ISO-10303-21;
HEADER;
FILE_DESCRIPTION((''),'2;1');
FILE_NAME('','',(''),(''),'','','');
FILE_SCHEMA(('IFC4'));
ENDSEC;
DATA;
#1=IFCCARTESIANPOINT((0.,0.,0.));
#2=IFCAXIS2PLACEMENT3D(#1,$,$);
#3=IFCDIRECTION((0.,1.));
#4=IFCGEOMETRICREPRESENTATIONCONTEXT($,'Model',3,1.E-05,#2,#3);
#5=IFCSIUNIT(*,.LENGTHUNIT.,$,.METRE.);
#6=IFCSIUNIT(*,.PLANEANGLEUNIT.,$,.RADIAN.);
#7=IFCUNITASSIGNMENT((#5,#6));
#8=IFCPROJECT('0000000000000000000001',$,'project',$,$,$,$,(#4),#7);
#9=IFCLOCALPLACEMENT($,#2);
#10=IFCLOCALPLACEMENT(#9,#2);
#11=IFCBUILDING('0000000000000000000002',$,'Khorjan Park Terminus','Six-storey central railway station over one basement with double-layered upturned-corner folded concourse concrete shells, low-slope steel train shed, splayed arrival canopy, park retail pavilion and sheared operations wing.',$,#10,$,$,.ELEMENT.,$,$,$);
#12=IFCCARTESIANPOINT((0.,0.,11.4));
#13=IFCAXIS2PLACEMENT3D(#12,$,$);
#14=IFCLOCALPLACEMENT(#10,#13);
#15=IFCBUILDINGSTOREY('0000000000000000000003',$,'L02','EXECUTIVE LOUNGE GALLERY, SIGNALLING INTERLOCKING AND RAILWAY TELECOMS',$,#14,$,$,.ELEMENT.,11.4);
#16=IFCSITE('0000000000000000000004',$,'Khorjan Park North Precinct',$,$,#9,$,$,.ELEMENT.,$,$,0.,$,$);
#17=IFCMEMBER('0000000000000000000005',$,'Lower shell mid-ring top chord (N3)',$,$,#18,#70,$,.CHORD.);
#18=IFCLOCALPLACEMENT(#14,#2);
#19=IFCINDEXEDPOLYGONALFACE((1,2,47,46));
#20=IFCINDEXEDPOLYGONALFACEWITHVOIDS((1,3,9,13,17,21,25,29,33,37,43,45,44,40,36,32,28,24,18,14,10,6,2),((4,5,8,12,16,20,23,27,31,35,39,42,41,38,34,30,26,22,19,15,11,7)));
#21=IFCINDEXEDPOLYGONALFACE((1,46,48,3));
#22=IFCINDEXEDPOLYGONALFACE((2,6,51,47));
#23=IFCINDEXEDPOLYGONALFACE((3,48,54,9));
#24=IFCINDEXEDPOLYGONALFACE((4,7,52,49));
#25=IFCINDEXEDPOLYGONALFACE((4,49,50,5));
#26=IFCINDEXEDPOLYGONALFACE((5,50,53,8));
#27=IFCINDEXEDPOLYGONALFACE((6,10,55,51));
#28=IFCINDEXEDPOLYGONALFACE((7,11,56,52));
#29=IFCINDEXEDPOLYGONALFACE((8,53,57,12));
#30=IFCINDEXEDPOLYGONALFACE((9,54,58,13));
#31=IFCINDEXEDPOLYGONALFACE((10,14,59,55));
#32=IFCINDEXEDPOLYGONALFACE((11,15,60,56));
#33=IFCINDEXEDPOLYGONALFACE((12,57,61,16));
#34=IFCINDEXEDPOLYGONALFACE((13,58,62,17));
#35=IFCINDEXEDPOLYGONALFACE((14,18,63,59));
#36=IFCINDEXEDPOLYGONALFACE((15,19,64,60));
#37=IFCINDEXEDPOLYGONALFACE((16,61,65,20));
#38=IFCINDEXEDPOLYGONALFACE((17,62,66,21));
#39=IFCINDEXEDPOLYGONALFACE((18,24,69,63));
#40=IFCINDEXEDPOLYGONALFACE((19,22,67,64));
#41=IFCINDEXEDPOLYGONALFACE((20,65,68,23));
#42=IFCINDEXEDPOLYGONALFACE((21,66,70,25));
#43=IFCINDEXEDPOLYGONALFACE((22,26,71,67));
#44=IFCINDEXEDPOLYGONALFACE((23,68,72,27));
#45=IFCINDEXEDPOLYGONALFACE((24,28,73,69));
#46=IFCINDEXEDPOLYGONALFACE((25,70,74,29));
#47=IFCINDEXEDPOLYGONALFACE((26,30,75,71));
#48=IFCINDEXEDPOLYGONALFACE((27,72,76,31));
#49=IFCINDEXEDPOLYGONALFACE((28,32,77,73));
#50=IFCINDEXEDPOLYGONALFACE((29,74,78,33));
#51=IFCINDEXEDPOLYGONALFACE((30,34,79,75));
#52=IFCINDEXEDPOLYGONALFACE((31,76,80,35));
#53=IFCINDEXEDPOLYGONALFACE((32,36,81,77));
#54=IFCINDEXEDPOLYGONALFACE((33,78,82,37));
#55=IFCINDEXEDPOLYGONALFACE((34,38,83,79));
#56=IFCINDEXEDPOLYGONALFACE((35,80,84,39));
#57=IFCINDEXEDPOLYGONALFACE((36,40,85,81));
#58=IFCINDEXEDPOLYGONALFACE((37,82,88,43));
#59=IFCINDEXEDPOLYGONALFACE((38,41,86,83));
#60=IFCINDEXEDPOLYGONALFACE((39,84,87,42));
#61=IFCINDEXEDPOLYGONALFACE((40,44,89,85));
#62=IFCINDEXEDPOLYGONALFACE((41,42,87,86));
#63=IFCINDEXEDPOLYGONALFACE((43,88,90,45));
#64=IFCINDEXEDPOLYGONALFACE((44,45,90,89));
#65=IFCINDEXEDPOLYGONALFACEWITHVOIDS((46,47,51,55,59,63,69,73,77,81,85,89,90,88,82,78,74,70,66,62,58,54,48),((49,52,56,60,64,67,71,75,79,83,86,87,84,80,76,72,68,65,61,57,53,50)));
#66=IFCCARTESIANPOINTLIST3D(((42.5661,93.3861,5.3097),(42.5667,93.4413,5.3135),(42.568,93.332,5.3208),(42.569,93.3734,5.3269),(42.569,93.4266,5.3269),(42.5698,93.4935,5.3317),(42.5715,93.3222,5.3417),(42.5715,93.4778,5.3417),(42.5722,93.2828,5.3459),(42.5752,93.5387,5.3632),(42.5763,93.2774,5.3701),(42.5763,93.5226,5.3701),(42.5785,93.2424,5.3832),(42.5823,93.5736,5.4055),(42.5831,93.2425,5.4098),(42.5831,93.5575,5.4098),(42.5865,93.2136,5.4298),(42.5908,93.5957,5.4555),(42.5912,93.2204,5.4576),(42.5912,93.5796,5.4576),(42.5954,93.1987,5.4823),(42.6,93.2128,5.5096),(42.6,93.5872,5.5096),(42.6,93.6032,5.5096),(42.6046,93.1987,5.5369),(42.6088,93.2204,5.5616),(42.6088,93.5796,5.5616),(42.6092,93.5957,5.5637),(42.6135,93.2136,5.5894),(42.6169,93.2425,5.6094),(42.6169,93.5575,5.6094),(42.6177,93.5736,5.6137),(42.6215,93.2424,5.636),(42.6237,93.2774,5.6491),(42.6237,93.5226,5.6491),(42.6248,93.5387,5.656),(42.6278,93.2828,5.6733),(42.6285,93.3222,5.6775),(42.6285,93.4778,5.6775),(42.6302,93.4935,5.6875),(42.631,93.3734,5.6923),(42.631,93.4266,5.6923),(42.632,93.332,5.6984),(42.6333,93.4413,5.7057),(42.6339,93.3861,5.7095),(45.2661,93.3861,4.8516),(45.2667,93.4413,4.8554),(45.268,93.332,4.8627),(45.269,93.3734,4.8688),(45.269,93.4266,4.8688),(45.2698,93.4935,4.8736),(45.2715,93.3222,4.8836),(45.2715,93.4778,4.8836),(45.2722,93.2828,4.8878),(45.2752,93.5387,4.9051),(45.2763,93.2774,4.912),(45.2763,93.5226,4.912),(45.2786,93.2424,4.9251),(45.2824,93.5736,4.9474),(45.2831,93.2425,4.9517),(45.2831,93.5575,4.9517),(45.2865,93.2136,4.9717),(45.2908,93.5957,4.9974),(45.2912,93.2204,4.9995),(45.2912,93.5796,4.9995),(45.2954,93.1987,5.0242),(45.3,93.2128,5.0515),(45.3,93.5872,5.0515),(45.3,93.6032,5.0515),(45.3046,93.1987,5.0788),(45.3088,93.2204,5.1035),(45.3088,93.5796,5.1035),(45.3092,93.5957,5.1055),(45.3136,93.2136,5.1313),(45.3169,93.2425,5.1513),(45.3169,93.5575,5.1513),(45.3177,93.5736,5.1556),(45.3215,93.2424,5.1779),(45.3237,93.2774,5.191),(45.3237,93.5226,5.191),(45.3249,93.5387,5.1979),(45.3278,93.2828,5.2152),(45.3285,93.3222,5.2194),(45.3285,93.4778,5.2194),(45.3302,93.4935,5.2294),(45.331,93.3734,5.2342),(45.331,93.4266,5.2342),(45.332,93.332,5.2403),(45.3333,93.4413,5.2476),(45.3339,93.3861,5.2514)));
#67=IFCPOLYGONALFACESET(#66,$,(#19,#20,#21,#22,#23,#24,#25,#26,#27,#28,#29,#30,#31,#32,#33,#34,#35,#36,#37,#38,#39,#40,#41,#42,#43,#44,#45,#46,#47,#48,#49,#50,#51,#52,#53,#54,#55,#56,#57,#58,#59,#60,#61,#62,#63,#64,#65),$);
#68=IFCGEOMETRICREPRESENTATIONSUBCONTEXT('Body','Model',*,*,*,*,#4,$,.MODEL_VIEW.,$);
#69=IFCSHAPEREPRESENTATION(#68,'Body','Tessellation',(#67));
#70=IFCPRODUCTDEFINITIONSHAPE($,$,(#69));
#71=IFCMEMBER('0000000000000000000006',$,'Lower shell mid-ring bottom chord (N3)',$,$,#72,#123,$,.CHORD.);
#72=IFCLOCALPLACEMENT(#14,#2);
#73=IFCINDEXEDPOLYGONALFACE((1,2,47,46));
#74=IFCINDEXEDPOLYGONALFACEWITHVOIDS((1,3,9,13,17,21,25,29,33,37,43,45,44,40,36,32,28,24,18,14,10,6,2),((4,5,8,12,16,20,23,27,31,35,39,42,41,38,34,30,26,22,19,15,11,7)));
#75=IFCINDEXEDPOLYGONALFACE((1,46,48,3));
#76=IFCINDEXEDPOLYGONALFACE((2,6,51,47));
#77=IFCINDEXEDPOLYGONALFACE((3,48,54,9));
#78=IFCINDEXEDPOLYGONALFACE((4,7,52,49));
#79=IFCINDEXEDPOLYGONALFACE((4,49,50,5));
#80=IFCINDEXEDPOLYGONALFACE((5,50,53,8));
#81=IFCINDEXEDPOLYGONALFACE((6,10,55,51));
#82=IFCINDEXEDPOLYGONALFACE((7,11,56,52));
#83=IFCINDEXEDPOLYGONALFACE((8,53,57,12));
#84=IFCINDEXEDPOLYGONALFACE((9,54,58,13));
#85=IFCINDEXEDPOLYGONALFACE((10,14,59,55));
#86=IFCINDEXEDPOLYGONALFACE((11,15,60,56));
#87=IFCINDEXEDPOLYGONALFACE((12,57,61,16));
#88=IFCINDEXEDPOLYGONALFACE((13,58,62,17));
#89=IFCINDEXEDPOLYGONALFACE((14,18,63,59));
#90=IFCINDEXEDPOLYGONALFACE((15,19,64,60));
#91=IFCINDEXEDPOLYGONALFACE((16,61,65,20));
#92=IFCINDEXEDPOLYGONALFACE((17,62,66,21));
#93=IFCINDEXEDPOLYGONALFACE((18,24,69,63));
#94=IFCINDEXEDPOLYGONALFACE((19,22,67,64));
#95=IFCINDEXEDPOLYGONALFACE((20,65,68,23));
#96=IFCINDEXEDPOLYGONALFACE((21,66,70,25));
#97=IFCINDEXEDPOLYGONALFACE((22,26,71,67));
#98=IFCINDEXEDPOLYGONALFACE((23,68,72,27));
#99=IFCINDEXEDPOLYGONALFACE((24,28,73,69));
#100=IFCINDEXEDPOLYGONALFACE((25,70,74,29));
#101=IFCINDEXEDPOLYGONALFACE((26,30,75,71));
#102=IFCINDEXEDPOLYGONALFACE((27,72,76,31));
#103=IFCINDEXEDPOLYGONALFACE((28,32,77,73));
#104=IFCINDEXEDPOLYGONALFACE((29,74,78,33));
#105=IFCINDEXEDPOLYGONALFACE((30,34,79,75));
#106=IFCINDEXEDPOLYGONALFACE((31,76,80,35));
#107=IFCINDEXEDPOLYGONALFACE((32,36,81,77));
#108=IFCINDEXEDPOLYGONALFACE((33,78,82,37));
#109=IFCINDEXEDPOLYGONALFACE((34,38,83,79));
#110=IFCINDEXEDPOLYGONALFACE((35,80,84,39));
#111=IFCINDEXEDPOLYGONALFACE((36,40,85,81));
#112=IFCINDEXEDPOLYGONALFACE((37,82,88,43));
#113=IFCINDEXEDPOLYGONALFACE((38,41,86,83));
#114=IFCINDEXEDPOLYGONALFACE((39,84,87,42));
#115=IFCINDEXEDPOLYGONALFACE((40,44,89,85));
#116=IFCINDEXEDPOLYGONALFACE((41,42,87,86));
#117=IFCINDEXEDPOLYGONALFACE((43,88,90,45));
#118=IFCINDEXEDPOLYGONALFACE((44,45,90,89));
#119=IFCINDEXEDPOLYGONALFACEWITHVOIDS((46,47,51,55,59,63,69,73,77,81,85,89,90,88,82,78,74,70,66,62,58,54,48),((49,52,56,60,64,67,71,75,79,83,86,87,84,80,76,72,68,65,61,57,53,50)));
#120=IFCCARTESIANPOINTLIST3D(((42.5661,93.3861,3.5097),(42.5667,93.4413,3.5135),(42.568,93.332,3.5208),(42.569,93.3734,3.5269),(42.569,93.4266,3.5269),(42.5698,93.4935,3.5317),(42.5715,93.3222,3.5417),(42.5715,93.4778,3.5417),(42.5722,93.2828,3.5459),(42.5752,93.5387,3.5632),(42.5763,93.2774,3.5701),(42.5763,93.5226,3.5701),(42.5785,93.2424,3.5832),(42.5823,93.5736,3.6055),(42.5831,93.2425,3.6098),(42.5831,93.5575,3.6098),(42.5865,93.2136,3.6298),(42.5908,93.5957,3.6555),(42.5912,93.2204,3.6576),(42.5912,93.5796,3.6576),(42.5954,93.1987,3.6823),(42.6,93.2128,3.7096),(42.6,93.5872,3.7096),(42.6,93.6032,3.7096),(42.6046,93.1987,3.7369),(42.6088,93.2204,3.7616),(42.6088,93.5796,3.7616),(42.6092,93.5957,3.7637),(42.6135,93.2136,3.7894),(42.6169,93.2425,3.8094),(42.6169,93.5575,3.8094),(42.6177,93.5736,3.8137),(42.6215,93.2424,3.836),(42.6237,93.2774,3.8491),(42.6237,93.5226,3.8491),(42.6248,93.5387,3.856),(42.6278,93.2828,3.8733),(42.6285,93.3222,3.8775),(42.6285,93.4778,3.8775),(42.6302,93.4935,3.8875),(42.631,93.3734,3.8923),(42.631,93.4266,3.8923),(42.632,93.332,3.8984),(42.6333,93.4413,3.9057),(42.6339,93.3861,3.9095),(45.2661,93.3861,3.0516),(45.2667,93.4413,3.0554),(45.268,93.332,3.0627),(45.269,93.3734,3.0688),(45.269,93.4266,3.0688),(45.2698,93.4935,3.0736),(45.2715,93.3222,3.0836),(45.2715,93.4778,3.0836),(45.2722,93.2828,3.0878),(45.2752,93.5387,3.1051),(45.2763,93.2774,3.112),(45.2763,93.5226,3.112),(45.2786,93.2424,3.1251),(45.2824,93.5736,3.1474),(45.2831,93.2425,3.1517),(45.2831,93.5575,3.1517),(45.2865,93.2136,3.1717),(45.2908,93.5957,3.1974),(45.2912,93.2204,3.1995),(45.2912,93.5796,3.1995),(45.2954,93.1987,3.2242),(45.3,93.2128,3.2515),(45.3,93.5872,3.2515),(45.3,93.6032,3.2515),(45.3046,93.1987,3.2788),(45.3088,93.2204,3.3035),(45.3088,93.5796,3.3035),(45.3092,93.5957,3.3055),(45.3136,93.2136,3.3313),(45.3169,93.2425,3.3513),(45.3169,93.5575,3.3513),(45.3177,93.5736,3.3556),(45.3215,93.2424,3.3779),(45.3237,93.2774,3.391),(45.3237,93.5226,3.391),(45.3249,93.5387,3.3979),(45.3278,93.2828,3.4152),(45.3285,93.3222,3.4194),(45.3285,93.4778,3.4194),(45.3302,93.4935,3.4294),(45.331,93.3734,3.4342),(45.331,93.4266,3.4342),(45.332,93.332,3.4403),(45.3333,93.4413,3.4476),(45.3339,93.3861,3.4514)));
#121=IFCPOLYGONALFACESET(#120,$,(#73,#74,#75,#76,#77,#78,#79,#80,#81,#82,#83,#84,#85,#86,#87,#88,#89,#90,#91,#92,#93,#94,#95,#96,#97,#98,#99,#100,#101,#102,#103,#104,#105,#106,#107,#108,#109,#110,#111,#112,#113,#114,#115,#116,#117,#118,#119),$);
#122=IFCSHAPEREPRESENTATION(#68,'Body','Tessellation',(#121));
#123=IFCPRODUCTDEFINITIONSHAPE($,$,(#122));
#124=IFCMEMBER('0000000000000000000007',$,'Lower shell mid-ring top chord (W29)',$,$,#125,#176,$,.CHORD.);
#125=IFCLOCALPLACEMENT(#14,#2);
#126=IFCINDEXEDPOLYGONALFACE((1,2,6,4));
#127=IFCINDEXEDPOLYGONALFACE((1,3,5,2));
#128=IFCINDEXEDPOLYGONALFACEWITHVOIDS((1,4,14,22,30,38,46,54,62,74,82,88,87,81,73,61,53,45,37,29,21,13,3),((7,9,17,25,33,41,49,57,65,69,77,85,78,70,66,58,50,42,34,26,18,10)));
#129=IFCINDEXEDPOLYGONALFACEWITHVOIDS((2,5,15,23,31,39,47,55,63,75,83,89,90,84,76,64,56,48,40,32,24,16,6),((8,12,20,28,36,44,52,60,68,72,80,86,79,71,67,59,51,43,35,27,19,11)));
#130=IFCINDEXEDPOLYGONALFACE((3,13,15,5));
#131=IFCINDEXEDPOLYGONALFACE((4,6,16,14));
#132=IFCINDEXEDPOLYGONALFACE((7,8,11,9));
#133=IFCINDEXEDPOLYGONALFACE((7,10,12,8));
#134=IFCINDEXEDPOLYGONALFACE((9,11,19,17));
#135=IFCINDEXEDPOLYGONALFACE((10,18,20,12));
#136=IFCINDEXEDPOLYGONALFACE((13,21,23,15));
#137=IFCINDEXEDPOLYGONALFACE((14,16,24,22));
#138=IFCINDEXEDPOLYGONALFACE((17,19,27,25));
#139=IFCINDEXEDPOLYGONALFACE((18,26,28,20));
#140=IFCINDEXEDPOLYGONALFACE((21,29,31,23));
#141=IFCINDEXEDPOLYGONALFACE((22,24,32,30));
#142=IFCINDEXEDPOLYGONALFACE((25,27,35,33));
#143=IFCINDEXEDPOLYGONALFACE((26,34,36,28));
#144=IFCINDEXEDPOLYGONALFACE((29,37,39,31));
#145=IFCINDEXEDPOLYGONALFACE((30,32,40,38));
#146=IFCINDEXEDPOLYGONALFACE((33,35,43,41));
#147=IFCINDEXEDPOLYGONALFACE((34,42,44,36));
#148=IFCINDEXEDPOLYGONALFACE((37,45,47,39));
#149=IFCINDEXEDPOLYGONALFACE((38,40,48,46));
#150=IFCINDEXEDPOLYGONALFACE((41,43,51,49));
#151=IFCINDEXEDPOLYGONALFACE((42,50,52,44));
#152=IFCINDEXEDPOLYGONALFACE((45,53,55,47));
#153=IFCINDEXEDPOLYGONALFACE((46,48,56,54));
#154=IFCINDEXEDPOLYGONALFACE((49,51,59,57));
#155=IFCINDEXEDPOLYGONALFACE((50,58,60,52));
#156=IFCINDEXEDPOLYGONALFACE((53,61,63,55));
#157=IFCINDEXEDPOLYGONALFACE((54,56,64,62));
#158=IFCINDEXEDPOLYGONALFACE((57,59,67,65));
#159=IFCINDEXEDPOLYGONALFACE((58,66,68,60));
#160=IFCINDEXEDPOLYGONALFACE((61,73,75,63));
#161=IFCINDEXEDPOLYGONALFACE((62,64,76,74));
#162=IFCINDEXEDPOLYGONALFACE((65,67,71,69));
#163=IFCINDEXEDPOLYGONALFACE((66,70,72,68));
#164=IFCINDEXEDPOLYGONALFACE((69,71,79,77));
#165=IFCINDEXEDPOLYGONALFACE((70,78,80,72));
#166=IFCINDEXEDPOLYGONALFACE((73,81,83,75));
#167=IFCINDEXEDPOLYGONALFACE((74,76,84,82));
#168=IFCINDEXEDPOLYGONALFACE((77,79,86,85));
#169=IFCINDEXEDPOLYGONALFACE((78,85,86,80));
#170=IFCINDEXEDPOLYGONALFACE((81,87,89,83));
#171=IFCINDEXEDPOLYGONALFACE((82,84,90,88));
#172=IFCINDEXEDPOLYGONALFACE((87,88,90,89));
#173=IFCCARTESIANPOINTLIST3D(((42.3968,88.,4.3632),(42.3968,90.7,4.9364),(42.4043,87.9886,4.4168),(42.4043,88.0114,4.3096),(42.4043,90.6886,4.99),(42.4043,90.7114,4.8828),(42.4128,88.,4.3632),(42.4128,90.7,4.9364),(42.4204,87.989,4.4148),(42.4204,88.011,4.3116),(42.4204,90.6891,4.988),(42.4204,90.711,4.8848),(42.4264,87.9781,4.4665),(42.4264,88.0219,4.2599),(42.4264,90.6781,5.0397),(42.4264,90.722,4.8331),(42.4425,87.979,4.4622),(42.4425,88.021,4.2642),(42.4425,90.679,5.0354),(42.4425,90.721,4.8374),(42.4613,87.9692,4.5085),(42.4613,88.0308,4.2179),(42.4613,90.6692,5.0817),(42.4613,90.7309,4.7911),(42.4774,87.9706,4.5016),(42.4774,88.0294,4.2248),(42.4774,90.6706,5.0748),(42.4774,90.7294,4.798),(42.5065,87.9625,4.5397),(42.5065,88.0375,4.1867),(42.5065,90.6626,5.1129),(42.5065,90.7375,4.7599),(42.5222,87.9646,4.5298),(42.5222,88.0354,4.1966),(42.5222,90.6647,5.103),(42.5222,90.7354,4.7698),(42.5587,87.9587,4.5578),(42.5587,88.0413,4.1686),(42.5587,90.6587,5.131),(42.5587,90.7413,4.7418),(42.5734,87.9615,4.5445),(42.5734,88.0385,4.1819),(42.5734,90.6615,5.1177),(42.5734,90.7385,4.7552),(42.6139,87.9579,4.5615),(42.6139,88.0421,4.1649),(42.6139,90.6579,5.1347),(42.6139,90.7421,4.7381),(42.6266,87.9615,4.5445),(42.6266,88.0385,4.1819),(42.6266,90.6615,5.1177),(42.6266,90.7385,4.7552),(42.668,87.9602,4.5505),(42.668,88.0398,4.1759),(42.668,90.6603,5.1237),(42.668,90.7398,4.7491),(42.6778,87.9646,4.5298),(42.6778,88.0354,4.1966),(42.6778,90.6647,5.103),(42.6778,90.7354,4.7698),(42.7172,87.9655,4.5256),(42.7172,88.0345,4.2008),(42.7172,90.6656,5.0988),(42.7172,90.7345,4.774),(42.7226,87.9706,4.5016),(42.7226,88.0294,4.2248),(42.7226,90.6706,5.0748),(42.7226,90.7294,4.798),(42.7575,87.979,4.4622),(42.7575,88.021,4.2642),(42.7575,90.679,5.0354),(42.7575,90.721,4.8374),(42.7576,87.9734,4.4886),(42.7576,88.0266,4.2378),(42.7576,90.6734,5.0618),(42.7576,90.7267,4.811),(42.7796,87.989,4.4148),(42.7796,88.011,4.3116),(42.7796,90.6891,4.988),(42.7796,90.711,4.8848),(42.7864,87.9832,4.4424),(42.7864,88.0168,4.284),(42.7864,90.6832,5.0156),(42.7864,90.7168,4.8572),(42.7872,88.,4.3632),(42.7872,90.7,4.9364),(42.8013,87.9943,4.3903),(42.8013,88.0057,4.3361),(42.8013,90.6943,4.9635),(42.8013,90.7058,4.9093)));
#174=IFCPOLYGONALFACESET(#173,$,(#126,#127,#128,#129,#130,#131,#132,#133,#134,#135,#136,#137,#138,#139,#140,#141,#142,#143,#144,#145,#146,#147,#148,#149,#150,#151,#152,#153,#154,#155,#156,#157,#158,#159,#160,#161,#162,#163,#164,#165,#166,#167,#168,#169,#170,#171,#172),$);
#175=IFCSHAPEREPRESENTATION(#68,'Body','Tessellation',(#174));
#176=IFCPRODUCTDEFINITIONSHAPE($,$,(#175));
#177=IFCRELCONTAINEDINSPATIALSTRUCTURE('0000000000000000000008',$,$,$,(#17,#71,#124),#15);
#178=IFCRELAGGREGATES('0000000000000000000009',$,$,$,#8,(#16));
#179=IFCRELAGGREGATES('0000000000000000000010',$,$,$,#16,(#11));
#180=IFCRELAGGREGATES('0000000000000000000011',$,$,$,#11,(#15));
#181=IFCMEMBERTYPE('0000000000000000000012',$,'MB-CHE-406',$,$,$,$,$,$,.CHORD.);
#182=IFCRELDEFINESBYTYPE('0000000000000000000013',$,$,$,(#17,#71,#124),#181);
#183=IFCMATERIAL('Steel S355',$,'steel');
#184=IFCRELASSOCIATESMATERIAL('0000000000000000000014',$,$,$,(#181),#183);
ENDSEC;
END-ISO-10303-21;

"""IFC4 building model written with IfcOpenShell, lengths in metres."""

from ifc_helpers import new_model, si_unit, direction, frame, origin, origin_2d, place, context, subcontext, project, spatial, hollow_circle, extrude, material, material_profile, profile_set, type_object, element, save


model = new_model("IFC4")

# Units and contexts
model_context = context("Model", 3, precision=1e-05, world=origin(), true_north=direction((0.0, 1.0)))
body_context = subcontext(model_context, "Body", "Model", "MODEL_VIEW")
ifc_project = project(units=[si_unit("LENGTHUNIT", "METRE"), si_unit("PLANEANGLEUNIT", "RADIAN")], contexts=[model_context])

# Site, building, storey
site_placement = place(None, origin())
site = spatial("IfcSite", under=ifc_project, at=site_placement, Name="Khorjan Park North Precinct", CompositionType="ELEMENT", RefElevation=0.0)
building_placement = place(site_placement, origin())
building = spatial("IfcBuilding", under=site, at=building_placement, Name="Khorjan Park Terminus", Description="Six-storey central railway station over one basement with double-layered upturned-corner folded concourse concrete shells, low-slope steel train shed, splayed arrival canopy, park retail pavilion and sheared operations wing.", CompositionType="ELEMENT")
storey_placement = place(building_placement, frame((0.0, 0.0, 11.4)))
storey = spatial("IfcBuildingStorey", under=building, at=storey_placement, Name="L02", Description="EXECUTIVE LOUNGE GALLERY, SIGNALLING INTERLOCKING AND RAILWAY TELECOMS", CompositionType="ELEMENT", Elevation=11.4)

# Members
ifc_material_1 = material(Name="Steel S355", Category="steel")
ifc_material_profile_1 = material_profile(ifc_material_1, hollow_circle(Radius=0.2032, WallThickness=0.016, at=origin_2d()), Name="CHS 406.4x16")
ifc_profile_set_1 = profile_set([ifc_material_profile_1], Name="Steel S355")
member_type_1 = type_object("IfcMemberType", Name="MB-CHE-406", PredefinedType="CHORD", material=ifc_profile_set_1)
for number, where, z_axis, x_axis, name in (
    (1, (42.6, 93.4, 5.5096), (0.98591, 0.0, -0.167276), (0.0, 1.0, 0.0), "Lower shell mid-ring top chord (N3)"),
    (2, (42.6, 93.4, 3.7096), (0.98591, 0.0, -0.167276), (0.0, 1.0, 0.0), "Lower shell mid-ring bottom chord (N3)"),
):
    element("IfcMember", number, at=place(storey_placement, frame(where, z_axis=z_axis, x_axis=x_axis)), inside=storey, type_object=member_type_1, Name=name, PredefinedType="CHORD", context=body_context, shape_type="SweptSolid", body=[
        extrude(hollow_circle(Radius=0.2032, WallThickness=0.016, at=origin_2d()), origin(), (0.0, 0.0, 1.0), 2.7386),
    ])
for number, where, z_axis, x_axis, name in (
    (3, (42.6, 88.0, 4.3632), (0.0, 0.978199, 0.207668), (-1.0, 0.0, 0.0), "Lower shell mid-ring top chord (W29)"),
):
    element("IfcMember", number, at=place(storey_placement, frame(where, z_axis=z_axis, x_axis=x_axis)), inside=storey, type_object=member_type_1, Name=name, PredefinedType="CHORD", context=body_context, shape_type="SweptSolid", body=[
        extrude(hollow_circle(Radius=0.2032, WallThickness=0.016, at=origin_2d()), origin(), (0.0, 0.0, 1.0), 2.7602),
    ])

save(model, "model.ifc")
